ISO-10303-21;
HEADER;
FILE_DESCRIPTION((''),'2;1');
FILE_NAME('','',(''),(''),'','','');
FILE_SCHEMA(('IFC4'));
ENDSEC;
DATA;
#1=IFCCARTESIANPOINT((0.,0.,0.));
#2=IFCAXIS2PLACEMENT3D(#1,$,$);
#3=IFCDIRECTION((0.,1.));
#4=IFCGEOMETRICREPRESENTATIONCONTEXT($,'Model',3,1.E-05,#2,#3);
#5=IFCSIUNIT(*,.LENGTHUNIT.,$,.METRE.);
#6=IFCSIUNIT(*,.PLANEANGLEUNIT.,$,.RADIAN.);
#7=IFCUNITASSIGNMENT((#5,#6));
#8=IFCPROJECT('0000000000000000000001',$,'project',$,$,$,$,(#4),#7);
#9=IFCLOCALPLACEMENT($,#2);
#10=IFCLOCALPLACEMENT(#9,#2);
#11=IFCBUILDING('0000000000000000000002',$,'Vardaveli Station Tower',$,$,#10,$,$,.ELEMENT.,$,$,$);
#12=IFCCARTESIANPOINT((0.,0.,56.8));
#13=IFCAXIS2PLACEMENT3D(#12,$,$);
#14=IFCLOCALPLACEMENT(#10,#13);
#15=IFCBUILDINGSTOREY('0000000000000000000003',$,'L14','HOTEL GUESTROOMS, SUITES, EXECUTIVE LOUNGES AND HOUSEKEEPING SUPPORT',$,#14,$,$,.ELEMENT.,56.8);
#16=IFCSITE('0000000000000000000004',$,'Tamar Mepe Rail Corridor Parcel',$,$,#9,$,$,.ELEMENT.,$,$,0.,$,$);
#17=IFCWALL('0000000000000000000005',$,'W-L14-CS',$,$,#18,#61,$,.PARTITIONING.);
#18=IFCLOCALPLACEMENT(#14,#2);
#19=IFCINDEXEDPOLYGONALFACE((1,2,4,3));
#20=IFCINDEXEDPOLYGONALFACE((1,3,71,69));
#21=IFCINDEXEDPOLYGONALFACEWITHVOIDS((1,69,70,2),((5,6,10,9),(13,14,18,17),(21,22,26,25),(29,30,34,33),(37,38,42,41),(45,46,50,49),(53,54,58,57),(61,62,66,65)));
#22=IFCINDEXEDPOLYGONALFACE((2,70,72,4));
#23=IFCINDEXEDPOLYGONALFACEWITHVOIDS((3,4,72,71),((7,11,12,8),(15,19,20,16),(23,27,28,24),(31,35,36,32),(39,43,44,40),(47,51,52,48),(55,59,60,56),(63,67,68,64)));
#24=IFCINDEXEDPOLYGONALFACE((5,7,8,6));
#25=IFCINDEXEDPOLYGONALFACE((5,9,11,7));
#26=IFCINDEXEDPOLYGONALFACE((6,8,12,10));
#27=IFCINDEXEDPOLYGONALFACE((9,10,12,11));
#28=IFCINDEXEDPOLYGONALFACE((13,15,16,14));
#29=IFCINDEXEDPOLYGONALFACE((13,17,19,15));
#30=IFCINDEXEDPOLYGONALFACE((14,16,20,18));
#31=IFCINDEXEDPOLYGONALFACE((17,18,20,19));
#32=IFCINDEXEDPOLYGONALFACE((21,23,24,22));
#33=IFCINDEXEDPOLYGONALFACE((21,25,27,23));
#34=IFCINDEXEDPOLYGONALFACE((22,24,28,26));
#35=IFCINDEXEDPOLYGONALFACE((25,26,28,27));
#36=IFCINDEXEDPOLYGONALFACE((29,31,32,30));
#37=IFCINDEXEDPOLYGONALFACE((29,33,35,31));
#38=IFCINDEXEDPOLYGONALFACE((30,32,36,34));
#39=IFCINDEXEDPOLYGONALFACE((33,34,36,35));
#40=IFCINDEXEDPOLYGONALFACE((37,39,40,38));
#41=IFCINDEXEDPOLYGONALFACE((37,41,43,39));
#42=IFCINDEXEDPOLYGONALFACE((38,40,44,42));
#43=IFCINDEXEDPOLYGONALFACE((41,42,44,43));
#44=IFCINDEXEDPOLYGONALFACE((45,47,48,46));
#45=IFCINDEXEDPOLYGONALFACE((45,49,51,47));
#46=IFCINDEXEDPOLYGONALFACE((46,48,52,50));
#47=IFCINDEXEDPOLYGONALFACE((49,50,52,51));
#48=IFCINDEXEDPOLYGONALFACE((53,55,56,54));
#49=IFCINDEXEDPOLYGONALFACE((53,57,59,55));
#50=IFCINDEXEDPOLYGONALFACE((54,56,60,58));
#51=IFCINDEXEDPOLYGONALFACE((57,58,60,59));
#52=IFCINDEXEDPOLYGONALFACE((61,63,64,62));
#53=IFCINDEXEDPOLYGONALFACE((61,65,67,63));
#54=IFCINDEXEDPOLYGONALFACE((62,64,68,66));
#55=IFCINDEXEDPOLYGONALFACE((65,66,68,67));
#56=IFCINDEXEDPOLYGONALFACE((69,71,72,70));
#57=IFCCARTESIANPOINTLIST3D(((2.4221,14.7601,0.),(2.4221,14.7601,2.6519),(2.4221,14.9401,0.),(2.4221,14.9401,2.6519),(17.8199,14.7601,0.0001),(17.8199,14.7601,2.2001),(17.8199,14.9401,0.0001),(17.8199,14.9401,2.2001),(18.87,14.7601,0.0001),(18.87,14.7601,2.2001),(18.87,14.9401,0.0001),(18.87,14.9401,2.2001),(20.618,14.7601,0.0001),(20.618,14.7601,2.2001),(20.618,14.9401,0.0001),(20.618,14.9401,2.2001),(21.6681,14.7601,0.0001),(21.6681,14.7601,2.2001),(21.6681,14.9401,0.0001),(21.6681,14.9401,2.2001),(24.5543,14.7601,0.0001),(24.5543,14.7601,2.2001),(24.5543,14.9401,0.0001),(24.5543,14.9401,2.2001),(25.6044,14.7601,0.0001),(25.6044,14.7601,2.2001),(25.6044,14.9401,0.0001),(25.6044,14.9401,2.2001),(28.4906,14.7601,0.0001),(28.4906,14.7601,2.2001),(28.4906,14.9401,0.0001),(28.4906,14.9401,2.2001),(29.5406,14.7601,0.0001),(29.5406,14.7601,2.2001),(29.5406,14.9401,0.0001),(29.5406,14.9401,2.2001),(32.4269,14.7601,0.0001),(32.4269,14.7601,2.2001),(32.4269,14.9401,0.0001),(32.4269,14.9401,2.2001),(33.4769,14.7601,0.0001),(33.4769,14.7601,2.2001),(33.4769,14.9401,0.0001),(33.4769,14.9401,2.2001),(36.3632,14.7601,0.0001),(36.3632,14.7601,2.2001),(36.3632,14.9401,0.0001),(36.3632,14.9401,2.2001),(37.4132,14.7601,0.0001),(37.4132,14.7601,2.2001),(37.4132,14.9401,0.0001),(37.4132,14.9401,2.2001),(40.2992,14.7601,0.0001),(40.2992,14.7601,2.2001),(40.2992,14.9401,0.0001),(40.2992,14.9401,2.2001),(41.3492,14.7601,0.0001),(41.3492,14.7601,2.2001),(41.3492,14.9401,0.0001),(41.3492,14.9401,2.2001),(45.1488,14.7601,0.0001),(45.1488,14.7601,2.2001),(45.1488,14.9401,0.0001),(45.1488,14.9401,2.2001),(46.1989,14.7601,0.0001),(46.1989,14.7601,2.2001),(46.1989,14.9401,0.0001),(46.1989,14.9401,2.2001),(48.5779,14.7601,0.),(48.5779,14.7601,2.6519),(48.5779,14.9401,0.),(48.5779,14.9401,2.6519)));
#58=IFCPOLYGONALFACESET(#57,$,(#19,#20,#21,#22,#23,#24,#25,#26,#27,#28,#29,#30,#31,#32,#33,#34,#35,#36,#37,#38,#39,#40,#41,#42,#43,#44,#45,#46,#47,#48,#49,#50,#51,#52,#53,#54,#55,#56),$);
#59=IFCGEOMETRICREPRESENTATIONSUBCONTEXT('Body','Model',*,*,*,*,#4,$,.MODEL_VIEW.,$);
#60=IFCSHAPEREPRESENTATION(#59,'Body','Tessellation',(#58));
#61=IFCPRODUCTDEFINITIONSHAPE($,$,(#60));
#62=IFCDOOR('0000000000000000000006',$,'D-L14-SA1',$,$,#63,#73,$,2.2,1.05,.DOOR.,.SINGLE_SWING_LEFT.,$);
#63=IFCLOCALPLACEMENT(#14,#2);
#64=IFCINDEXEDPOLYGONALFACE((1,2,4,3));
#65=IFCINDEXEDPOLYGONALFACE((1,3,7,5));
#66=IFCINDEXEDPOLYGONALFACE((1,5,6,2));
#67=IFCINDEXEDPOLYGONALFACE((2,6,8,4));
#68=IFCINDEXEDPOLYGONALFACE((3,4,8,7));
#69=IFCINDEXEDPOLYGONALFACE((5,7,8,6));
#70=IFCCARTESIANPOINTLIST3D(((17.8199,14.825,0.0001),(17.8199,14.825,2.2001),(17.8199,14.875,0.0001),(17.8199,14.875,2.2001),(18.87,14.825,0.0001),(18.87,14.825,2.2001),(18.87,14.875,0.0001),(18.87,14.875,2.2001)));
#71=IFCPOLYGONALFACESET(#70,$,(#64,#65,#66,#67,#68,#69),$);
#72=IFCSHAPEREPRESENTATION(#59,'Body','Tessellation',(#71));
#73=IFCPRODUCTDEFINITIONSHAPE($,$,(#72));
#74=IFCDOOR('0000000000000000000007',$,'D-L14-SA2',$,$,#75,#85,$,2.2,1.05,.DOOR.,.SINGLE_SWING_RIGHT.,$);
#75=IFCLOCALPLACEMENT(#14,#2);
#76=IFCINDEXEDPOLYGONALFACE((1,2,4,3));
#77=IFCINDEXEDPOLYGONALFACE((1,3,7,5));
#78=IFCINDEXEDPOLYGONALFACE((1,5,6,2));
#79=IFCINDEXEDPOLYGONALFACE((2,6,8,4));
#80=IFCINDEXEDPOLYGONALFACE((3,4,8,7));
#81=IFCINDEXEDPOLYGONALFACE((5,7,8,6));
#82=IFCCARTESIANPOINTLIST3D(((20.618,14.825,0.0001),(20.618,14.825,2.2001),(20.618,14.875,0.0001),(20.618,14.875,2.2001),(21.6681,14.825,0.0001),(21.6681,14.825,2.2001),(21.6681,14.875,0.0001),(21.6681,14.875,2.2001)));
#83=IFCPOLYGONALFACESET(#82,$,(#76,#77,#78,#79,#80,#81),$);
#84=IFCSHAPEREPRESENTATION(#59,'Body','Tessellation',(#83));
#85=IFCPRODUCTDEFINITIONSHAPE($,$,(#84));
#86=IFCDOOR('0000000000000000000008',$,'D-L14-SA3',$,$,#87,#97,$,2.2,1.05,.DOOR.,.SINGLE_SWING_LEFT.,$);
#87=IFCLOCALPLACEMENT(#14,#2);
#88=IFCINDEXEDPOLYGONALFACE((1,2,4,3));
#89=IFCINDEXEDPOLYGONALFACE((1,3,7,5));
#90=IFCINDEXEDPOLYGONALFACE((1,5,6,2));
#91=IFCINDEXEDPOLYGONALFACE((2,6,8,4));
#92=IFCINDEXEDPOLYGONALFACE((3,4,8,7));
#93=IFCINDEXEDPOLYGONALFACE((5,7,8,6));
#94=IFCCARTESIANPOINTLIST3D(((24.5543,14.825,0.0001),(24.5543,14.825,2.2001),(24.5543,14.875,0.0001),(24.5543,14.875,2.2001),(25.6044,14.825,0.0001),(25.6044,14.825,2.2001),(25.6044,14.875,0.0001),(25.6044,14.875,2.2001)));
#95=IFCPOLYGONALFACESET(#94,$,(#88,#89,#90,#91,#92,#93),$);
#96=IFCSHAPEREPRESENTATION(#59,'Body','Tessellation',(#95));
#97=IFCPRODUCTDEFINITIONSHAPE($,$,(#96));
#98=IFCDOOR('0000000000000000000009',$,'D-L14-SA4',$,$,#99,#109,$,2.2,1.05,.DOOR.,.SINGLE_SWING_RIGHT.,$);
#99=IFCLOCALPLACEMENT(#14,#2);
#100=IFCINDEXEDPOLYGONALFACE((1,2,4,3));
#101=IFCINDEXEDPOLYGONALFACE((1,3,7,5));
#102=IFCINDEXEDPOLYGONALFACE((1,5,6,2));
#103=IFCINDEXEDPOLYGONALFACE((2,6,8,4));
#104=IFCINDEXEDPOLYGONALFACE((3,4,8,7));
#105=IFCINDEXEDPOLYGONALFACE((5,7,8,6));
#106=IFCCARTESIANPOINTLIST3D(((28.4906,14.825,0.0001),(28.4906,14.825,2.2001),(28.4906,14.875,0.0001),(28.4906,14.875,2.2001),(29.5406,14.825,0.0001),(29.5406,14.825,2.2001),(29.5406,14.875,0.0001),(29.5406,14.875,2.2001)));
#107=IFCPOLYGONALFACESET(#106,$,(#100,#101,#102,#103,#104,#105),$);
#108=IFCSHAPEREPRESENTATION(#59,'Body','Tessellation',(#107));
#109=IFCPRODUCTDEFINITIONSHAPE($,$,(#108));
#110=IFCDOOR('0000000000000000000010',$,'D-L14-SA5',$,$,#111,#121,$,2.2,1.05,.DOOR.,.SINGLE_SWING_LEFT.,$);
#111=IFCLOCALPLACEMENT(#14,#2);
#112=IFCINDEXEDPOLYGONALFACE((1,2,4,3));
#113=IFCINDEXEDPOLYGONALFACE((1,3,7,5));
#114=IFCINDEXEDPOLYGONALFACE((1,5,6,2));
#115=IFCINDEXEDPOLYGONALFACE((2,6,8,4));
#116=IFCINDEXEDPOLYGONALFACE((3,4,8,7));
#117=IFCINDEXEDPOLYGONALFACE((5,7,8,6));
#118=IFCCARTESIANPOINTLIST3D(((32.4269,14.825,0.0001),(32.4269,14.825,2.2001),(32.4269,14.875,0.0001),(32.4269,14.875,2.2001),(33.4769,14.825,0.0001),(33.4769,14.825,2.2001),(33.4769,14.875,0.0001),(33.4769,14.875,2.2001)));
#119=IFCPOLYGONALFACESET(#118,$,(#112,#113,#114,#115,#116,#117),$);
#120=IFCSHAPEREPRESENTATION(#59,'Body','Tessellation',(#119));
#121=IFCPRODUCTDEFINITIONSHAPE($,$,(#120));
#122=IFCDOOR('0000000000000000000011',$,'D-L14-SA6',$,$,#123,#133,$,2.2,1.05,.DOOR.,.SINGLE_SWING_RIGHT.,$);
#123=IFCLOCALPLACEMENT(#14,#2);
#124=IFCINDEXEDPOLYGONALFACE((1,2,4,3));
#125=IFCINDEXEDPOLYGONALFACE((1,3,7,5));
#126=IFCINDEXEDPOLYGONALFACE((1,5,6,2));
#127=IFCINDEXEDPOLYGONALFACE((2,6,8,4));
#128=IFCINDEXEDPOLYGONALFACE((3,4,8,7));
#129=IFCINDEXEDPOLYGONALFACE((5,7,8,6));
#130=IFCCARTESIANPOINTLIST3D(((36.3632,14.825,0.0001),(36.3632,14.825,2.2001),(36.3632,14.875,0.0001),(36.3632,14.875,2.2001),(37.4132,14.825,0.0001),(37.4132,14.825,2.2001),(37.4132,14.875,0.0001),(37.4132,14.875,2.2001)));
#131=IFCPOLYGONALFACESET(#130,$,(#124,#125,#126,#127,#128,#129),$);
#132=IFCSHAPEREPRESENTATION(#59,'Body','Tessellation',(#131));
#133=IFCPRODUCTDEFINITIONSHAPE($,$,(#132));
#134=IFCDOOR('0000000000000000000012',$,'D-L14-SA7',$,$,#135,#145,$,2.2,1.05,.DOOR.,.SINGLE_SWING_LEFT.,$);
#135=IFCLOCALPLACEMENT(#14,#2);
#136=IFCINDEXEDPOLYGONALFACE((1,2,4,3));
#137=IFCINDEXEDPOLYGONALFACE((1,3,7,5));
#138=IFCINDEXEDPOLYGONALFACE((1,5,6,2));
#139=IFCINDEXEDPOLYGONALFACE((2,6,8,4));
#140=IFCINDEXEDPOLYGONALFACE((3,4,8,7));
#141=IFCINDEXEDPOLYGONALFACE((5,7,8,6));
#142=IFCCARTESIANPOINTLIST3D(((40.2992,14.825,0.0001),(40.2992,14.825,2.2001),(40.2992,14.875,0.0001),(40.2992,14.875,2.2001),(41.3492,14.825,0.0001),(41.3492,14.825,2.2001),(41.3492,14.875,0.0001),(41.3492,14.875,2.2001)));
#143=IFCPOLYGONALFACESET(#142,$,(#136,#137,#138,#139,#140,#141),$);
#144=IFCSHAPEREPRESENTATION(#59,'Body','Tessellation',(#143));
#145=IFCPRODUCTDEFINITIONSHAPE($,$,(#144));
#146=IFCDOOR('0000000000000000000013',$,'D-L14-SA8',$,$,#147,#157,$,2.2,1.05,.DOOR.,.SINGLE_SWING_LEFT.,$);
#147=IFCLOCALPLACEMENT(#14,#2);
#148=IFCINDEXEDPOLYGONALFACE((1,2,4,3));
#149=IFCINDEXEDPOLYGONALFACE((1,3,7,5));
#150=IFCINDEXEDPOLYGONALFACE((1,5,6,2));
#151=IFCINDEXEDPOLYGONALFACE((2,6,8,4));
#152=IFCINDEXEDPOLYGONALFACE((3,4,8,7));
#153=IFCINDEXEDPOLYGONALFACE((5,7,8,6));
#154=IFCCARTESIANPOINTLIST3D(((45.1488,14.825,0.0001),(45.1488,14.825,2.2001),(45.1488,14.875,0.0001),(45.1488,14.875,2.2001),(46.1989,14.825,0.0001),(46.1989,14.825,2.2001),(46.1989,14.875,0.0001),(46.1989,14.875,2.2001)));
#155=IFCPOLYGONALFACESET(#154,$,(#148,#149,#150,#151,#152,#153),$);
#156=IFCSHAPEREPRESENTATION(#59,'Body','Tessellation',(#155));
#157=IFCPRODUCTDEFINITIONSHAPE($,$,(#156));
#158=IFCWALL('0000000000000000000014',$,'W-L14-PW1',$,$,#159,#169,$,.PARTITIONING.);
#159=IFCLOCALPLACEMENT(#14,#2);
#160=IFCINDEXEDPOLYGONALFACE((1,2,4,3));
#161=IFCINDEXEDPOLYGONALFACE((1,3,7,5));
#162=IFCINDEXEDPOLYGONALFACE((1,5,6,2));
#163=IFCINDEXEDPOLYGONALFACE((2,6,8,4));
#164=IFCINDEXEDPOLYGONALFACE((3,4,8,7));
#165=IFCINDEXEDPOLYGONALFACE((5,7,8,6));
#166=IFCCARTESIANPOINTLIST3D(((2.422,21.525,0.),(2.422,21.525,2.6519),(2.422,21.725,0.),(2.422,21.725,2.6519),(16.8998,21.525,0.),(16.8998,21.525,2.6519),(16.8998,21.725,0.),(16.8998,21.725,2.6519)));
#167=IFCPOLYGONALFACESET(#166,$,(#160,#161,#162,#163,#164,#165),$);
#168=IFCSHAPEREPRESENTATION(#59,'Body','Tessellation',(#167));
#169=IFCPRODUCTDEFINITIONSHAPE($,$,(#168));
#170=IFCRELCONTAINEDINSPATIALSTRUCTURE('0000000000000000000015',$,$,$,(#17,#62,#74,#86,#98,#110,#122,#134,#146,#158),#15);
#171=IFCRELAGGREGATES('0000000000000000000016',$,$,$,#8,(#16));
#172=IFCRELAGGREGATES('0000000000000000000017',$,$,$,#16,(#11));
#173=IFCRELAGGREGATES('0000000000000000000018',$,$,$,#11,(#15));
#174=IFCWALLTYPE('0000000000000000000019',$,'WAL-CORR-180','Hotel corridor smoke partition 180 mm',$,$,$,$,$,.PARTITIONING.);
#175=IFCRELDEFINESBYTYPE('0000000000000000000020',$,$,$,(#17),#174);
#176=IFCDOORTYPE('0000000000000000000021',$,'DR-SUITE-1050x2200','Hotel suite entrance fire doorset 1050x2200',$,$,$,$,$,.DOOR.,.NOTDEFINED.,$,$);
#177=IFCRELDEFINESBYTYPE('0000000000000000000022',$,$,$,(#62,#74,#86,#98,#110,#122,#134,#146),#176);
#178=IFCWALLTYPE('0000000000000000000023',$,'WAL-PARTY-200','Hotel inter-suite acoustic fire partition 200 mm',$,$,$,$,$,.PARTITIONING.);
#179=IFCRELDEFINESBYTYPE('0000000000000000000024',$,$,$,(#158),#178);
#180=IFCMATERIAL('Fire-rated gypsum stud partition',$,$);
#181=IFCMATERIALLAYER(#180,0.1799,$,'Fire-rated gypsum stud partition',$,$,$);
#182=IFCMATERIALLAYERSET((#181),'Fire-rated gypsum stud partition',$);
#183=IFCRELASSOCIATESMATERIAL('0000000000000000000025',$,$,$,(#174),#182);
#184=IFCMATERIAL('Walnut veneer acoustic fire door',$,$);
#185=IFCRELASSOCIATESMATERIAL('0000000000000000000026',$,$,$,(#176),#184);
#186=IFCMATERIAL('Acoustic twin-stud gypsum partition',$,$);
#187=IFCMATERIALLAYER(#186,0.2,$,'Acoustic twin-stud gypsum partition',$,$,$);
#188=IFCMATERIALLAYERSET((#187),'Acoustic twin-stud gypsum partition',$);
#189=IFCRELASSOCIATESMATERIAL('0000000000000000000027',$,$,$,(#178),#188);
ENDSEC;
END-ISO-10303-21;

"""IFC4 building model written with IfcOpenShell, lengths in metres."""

from ifc_helpers import new_model, si_unit, direction, frame, frame_2d, origin, place, context, subcontext, project, spatial, rectangle, extrude, source, transform, mapped, material, layer, layer_set, type_object, element, fill, save


model = new_model("IFC4")

# Units and contexts
model_context = context("Model", 3, precision=1e-05, world=origin(), true_north=direction((0.0, 1.0)))
body_context = subcontext(model_context, "Body", "Model", "MODEL_VIEW")
ifc_project = project(units=[si_unit("LENGTHUNIT", "METRE"), si_unit("PLANEANGLEUNIT", "RADIAN")], contexts=[model_context])

# Site, building, storey
site_placement = place(None, origin())
site = spatial("IfcSite", under=ifc_project, at=site_placement, Name="Tamar Mepe Rail Corridor Parcel", CompositionType="ELEMENT", RefElevation=0.0)
building_placement = place(site_placement, origin())
building = spatial("IfcBuilding", under=site, at=building_placement, Name="Vardaveli Station Tower", CompositionType="ELEMENT")
storey_placement = place(building_placement, frame((0.0, 0.0, 56.8)))
storey = spatial("IfcBuildingStorey", under=building, at=storey_placement, Name="L14", Description="HOTEL GUESTROOMS, SUITES, EXECUTIVE LOUNGES AND HOUSEKEEPING SUPPORT", CompositionType="ELEMENT", Elevation=56.8)

# Wall, openings, doors
ifc_material_1 = material(Name="Fire-rated gypsum stud partition")
ifc_layer_1 = layer(ifc_material_1, 0.1799, Name="Fire-rated gypsum stud partition")
ifc_layer_set_1 = layer_set([ifc_layer_1], Name="Fire-rated gypsum stud partition")
wall_type_1 = type_object("IfcWallType", Name="WAL-CORR-180", Description="Hotel corridor smoke partition 180 mm", PredefinedType="PARTITIONING", material=ifc_layer_set_1)
shared_shape_1 = source(origin(), body_context, "Body", "SweptSolid", [
    extrude(rectangle(XDim=46.1558, YDim=0.1799, at=frame_2d((23.0779, 0.0))), origin(), (0.0, 0.0, 1.0), 2.6519),
])
wall_1_placement = place(storey_placement, frame((2.4221, 14.8501, 0.0), z_axis=(0.0, 0.0, 1.0), x_axis=(1.0, 0.0, 0.0)))
wall_1 = element("IfcWall", 1, at=wall_1_placement, inside=storey, type_object=wall_type_1, Name="W-L14-CS", PredefinedType="PARTITIONING", context=body_context, shape_type="MappedRepresentation", body=[
    mapped(shared_shape_1, transform((0.0, 0.0, 0.0), scale=1.0)),
])
shared_shape_2 = source(origin(), body_context, "Body", "SweptSolid", [
    extrude(rectangle(XDim=1.05, YDim=2.2, at=frame_2d((0.5249, 1.1001))), frame((0.0, 0.1001, 0.0), z_axis=(0.0, -1.0, 0.0), x_axis=(1.0, 0.0, 0.0)), (0.0, 0.0, 1.0), 0.2),
])
opening_1_placement = place(wall_1_placement, frame((15.3979, 0.0, 0.0)))
opening_1 = element("IfcOpeningElement", 2, at=opening_1_placement, cuts=wall_1, PredefinedType="OPENING", context=body_context, shape_type="MappedRepresentation", body=[
    mapped(shared_shape_2, transform((0.0, 0.0, 0.0), scale=1.0)),
])
opening_2_placement = place(wall_1_placement, frame((18.196, 0.0, 0.0)))
opening_2 = element("IfcOpeningElement", 3, at=opening_2_placement, cuts=wall_1, PredefinedType="OPENING", context=body_context, shape_type="MappedRepresentation", body=[
    mapped(shared_shape_2, transform((0.0, 0.0, 0.0), scale=1.0)),
])
opening_3_placement = place(wall_1_placement, frame((22.1323, 0.0, 0.0)))
opening_3 = element("IfcOpeningElement", 4, at=opening_3_placement, cuts=wall_1, PredefinedType="OPENING", context=body_context, shape_type="MappedRepresentation", body=[
    mapped(shared_shape_2, transform((0.0, 0.0, 0.0), scale=1.0)),
])
opening_4_placement = place(wall_1_placement, frame((26.0686, 0.0, 0.0)))
opening_4 = element("IfcOpeningElement", 5, at=opening_4_placement, cuts=wall_1, PredefinedType="OPENING", context=body_context, shape_type="MappedRepresentation", body=[
    mapped(shared_shape_2, transform((0.0, 0.0, 0.0), scale=1.0)),
])
opening_5_placement = place(wall_1_placement, frame((30.0049, 0.0, 0.0)))
opening_5 = element("IfcOpeningElement", 6, at=opening_5_placement, cuts=wall_1, PredefinedType="OPENING", context=body_context, shape_type="MappedRepresentation", body=[
    mapped(shared_shape_2, transform((0.0, 0.0, 0.0), scale=1.0)),
])
opening_6_placement = place(wall_1_placement, frame((33.9412, 0.0, 0.0)))
opening_6 = element("IfcOpeningElement", 7, at=opening_6_placement, cuts=wall_1, PredefinedType="OPENING", context=body_context, shape_type="MappedRepresentation", body=[
    mapped(shared_shape_2, transform((0.0, 0.0, 0.0), scale=1.0)),
])
opening_7_placement = place(wall_1_placement, frame((37.8772, 0.0, 0.0)))
opening_7 = element("IfcOpeningElement", 8, at=opening_7_placement, cuts=wall_1, PredefinedType="OPENING", context=body_context, shape_type="MappedRepresentation", body=[
    mapped(shared_shape_2, transform((0.0, 0.0, 0.0), scale=1.0)),
])
opening_8_placement = place(wall_1_placement, frame((42.7268, 0.0, 0.0)))
opening_8 = element("IfcOpeningElement", 9, at=opening_8_placement, cuts=wall_1, PredefinedType="OPENING", context=body_context, shape_type="MappedRepresentation", body=[
    mapped(shared_shape_2, transform((0.0, 0.0, 0.0), scale=1.0)),
])
ifc_material_2 = material(Name="Walnut veneer acoustic fire door")
door_type = type_object("IfcDoorType", Name="DR-SUITE-1050x2200", Description="Hotel suite entrance fire doorset 1050x2200", OperationType="NOTDEFINED", PredefinedType="DOOR", material=ifc_material_2)
shared_shape_3 = source(origin(), body_context, "Body", "SweptSolid", [
    extrude(rectangle(XDim=1.05, YDim=2.2, at=frame_2d((0.5249, 1.1001))), frame((0.0, 0.0249, 0.0), z_axis=(0.0, -1.0, 0.0), x_axis=(1.0, 0.0, 0.0)), (0.0, 0.0, 1.0), 0.05),
])
door_1_placement = place(opening_1_placement, origin())
door_1 = element("IfcDoor", 10, at=door_1_placement, inside=storey, type_object=door_type, Name="D-L14-SA1", OperationType="SINGLE_SWING_LEFT", OverallHeight=2.2, OverallWidth=1.05, PredefinedType="DOOR", context=body_context, shape_type="MappedRepresentation", body=[
    mapped(shared_shape_3, transform((0.0, 0.0, 0.0), scale=1.0)),
])
fill(opening_1, door_1)
door_2_placement = place(opening_2_placement, origin())
door_2 = element("IfcDoor", 11, at=door_2_placement, inside=storey, type_object=door_type, Name="D-L14-SA2", OperationType="SINGLE_SWING_RIGHT", OverallHeight=2.2, OverallWidth=1.05, PredefinedType="DOOR", context=body_context, shape_type="MappedRepresentation", body=[
    mapped(shared_shape_3, transform((0.0, 0.0, 0.0), scale=1.0)),
])
fill(opening_2, door_2)
door_3_placement = place(opening_3_placement, origin())
door_3 = element("IfcDoor", 12, at=door_3_placement, inside=storey, type_object=door_type, Name="D-L14-SA3", OperationType="SINGLE_SWING_LEFT", OverallHeight=2.2, OverallWidth=1.05, PredefinedType="DOOR", context=body_context, shape_type="MappedRepresentation", body=[
    mapped(shared_shape_3, transform((0.0, 0.0, 0.0), scale=1.0)),
])
fill(opening_3, door_3)
door_4_placement = place(opening_4_placement, origin())
door_4 = element("IfcDoor", 13, at=door_4_placement, inside=storey, type_object=door_type, Name="D-L14-SA4", OperationType="SINGLE_SWING_RIGHT", OverallHeight=2.2, OverallWidth=1.05, PredefinedType="DOOR", context=body_context, shape_type="MappedRepresentation", body=[
    mapped(shared_shape_3, transform((0.0, 0.0, 0.0), scale=1.0)),
])
fill(opening_4, door_4)
door_5_placement = place(opening_5_placement, origin())
door_5 = element("IfcDoor", 14, at=door_5_placement, inside=storey, type_object=door_type, Name="D-L14-SA5", OperationType="SINGLE_SWING_LEFT", OverallHeight=2.2, OverallWidth=1.05, PredefinedType="DOOR", context=body_context, shape_type="MappedRepresentation", body=[
    mapped(shared_shape_3, transform((0.0, 0.0, 0.0), scale=1.0)),
])
fill(opening_5, door_5)
door_6_placement = place(opening_6_placement, origin())
door_6 = element("IfcDoor", 15, at=door_6_placement, inside=storey, type_object=door_type, Name="D-L14-SA6", OperationType="SINGLE_SWING_RIGHT", OverallHeight=2.2, OverallWidth=1.05, PredefinedType="DOOR", context=body_context, shape_type="MappedRepresentation", body=[
    mapped(shared_shape_3, transform((0.0, 0.0, 0.0), scale=1.0)),
])
fill(opening_6, door_6)
door_7_placement = place(opening_7_placement, origin())
door_7 = element("IfcDoor", 16, at=door_7_placement, inside=storey, type_object=door_type, Name="D-L14-SA7", OperationType="SINGLE_SWING_LEFT", OverallHeight=2.2, OverallWidth=1.05, PredefinedType="DOOR", context=body_context, shape_type="MappedRepresentation", body=[
    mapped(shared_shape_3, transform((0.0, 0.0, 0.0), scale=1.0)),
])
fill(opening_7, door_7)
door_8_placement = place(opening_8_placement, origin())
door_8 = element("IfcDoor", 17, at=door_8_placement, inside=storey, type_object=door_type, Name="D-L14-SA8", OperationType="SINGLE_SWING_LEFT", OverallHeight=2.2, OverallWidth=1.05, PredefinedType="DOOR", context=body_context, shape_type="MappedRepresentation", body=[
    mapped(shared_shape_3, transform((0.0, 0.0, 0.0), scale=1.0)),
])
fill(opening_8, door_8)

# Wall
ifc_material_3 = material(Name="Acoustic twin-stud gypsum partition")
ifc_layer_2 = layer(ifc_material_3, 0.2, Name="Acoustic twin-stud gypsum partition")
ifc_layer_set_2 = layer_set([ifc_layer_2], Name="Acoustic twin-stud gypsum partition")
wall_type_2 = type_object("IfcWallType", Name="WAL-PARTY-200", Description="Hotel inter-suite acoustic fire partition 200 mm", PredefinedType="PARTITIONING", material=ifc_layer_set_2)
shared_shape_4 = source(origin(), body_context, "Body", "SweptSolid", [
    extrude(rectangle(XDim=14.4778, YDim=0.2, at=frame_2d((7.2388, 0.0))), origin(), (0.0, 0.0, 1.0), 2.6519),
])
wall_2_placement = place(storey_placement, frame((2.4221, 21.625, 0.0), z_axis=(0.0, 0.0, 1.0), x_axis=(1.0, 0.0, 0.0)))
element("IfcWall", 18, at=wall_2_placement, inside=storey, type_object=wall_type_2, Name="W-L14-PW1", PredefinedType="PARTITIONING", context=body_context, shape_type="MappedRepresentation", body=[
    mapped(shared_shape_4, transform((0.0, 0.0, 0.0), scale=1.0)),
])

save(model, "model.ifc")
